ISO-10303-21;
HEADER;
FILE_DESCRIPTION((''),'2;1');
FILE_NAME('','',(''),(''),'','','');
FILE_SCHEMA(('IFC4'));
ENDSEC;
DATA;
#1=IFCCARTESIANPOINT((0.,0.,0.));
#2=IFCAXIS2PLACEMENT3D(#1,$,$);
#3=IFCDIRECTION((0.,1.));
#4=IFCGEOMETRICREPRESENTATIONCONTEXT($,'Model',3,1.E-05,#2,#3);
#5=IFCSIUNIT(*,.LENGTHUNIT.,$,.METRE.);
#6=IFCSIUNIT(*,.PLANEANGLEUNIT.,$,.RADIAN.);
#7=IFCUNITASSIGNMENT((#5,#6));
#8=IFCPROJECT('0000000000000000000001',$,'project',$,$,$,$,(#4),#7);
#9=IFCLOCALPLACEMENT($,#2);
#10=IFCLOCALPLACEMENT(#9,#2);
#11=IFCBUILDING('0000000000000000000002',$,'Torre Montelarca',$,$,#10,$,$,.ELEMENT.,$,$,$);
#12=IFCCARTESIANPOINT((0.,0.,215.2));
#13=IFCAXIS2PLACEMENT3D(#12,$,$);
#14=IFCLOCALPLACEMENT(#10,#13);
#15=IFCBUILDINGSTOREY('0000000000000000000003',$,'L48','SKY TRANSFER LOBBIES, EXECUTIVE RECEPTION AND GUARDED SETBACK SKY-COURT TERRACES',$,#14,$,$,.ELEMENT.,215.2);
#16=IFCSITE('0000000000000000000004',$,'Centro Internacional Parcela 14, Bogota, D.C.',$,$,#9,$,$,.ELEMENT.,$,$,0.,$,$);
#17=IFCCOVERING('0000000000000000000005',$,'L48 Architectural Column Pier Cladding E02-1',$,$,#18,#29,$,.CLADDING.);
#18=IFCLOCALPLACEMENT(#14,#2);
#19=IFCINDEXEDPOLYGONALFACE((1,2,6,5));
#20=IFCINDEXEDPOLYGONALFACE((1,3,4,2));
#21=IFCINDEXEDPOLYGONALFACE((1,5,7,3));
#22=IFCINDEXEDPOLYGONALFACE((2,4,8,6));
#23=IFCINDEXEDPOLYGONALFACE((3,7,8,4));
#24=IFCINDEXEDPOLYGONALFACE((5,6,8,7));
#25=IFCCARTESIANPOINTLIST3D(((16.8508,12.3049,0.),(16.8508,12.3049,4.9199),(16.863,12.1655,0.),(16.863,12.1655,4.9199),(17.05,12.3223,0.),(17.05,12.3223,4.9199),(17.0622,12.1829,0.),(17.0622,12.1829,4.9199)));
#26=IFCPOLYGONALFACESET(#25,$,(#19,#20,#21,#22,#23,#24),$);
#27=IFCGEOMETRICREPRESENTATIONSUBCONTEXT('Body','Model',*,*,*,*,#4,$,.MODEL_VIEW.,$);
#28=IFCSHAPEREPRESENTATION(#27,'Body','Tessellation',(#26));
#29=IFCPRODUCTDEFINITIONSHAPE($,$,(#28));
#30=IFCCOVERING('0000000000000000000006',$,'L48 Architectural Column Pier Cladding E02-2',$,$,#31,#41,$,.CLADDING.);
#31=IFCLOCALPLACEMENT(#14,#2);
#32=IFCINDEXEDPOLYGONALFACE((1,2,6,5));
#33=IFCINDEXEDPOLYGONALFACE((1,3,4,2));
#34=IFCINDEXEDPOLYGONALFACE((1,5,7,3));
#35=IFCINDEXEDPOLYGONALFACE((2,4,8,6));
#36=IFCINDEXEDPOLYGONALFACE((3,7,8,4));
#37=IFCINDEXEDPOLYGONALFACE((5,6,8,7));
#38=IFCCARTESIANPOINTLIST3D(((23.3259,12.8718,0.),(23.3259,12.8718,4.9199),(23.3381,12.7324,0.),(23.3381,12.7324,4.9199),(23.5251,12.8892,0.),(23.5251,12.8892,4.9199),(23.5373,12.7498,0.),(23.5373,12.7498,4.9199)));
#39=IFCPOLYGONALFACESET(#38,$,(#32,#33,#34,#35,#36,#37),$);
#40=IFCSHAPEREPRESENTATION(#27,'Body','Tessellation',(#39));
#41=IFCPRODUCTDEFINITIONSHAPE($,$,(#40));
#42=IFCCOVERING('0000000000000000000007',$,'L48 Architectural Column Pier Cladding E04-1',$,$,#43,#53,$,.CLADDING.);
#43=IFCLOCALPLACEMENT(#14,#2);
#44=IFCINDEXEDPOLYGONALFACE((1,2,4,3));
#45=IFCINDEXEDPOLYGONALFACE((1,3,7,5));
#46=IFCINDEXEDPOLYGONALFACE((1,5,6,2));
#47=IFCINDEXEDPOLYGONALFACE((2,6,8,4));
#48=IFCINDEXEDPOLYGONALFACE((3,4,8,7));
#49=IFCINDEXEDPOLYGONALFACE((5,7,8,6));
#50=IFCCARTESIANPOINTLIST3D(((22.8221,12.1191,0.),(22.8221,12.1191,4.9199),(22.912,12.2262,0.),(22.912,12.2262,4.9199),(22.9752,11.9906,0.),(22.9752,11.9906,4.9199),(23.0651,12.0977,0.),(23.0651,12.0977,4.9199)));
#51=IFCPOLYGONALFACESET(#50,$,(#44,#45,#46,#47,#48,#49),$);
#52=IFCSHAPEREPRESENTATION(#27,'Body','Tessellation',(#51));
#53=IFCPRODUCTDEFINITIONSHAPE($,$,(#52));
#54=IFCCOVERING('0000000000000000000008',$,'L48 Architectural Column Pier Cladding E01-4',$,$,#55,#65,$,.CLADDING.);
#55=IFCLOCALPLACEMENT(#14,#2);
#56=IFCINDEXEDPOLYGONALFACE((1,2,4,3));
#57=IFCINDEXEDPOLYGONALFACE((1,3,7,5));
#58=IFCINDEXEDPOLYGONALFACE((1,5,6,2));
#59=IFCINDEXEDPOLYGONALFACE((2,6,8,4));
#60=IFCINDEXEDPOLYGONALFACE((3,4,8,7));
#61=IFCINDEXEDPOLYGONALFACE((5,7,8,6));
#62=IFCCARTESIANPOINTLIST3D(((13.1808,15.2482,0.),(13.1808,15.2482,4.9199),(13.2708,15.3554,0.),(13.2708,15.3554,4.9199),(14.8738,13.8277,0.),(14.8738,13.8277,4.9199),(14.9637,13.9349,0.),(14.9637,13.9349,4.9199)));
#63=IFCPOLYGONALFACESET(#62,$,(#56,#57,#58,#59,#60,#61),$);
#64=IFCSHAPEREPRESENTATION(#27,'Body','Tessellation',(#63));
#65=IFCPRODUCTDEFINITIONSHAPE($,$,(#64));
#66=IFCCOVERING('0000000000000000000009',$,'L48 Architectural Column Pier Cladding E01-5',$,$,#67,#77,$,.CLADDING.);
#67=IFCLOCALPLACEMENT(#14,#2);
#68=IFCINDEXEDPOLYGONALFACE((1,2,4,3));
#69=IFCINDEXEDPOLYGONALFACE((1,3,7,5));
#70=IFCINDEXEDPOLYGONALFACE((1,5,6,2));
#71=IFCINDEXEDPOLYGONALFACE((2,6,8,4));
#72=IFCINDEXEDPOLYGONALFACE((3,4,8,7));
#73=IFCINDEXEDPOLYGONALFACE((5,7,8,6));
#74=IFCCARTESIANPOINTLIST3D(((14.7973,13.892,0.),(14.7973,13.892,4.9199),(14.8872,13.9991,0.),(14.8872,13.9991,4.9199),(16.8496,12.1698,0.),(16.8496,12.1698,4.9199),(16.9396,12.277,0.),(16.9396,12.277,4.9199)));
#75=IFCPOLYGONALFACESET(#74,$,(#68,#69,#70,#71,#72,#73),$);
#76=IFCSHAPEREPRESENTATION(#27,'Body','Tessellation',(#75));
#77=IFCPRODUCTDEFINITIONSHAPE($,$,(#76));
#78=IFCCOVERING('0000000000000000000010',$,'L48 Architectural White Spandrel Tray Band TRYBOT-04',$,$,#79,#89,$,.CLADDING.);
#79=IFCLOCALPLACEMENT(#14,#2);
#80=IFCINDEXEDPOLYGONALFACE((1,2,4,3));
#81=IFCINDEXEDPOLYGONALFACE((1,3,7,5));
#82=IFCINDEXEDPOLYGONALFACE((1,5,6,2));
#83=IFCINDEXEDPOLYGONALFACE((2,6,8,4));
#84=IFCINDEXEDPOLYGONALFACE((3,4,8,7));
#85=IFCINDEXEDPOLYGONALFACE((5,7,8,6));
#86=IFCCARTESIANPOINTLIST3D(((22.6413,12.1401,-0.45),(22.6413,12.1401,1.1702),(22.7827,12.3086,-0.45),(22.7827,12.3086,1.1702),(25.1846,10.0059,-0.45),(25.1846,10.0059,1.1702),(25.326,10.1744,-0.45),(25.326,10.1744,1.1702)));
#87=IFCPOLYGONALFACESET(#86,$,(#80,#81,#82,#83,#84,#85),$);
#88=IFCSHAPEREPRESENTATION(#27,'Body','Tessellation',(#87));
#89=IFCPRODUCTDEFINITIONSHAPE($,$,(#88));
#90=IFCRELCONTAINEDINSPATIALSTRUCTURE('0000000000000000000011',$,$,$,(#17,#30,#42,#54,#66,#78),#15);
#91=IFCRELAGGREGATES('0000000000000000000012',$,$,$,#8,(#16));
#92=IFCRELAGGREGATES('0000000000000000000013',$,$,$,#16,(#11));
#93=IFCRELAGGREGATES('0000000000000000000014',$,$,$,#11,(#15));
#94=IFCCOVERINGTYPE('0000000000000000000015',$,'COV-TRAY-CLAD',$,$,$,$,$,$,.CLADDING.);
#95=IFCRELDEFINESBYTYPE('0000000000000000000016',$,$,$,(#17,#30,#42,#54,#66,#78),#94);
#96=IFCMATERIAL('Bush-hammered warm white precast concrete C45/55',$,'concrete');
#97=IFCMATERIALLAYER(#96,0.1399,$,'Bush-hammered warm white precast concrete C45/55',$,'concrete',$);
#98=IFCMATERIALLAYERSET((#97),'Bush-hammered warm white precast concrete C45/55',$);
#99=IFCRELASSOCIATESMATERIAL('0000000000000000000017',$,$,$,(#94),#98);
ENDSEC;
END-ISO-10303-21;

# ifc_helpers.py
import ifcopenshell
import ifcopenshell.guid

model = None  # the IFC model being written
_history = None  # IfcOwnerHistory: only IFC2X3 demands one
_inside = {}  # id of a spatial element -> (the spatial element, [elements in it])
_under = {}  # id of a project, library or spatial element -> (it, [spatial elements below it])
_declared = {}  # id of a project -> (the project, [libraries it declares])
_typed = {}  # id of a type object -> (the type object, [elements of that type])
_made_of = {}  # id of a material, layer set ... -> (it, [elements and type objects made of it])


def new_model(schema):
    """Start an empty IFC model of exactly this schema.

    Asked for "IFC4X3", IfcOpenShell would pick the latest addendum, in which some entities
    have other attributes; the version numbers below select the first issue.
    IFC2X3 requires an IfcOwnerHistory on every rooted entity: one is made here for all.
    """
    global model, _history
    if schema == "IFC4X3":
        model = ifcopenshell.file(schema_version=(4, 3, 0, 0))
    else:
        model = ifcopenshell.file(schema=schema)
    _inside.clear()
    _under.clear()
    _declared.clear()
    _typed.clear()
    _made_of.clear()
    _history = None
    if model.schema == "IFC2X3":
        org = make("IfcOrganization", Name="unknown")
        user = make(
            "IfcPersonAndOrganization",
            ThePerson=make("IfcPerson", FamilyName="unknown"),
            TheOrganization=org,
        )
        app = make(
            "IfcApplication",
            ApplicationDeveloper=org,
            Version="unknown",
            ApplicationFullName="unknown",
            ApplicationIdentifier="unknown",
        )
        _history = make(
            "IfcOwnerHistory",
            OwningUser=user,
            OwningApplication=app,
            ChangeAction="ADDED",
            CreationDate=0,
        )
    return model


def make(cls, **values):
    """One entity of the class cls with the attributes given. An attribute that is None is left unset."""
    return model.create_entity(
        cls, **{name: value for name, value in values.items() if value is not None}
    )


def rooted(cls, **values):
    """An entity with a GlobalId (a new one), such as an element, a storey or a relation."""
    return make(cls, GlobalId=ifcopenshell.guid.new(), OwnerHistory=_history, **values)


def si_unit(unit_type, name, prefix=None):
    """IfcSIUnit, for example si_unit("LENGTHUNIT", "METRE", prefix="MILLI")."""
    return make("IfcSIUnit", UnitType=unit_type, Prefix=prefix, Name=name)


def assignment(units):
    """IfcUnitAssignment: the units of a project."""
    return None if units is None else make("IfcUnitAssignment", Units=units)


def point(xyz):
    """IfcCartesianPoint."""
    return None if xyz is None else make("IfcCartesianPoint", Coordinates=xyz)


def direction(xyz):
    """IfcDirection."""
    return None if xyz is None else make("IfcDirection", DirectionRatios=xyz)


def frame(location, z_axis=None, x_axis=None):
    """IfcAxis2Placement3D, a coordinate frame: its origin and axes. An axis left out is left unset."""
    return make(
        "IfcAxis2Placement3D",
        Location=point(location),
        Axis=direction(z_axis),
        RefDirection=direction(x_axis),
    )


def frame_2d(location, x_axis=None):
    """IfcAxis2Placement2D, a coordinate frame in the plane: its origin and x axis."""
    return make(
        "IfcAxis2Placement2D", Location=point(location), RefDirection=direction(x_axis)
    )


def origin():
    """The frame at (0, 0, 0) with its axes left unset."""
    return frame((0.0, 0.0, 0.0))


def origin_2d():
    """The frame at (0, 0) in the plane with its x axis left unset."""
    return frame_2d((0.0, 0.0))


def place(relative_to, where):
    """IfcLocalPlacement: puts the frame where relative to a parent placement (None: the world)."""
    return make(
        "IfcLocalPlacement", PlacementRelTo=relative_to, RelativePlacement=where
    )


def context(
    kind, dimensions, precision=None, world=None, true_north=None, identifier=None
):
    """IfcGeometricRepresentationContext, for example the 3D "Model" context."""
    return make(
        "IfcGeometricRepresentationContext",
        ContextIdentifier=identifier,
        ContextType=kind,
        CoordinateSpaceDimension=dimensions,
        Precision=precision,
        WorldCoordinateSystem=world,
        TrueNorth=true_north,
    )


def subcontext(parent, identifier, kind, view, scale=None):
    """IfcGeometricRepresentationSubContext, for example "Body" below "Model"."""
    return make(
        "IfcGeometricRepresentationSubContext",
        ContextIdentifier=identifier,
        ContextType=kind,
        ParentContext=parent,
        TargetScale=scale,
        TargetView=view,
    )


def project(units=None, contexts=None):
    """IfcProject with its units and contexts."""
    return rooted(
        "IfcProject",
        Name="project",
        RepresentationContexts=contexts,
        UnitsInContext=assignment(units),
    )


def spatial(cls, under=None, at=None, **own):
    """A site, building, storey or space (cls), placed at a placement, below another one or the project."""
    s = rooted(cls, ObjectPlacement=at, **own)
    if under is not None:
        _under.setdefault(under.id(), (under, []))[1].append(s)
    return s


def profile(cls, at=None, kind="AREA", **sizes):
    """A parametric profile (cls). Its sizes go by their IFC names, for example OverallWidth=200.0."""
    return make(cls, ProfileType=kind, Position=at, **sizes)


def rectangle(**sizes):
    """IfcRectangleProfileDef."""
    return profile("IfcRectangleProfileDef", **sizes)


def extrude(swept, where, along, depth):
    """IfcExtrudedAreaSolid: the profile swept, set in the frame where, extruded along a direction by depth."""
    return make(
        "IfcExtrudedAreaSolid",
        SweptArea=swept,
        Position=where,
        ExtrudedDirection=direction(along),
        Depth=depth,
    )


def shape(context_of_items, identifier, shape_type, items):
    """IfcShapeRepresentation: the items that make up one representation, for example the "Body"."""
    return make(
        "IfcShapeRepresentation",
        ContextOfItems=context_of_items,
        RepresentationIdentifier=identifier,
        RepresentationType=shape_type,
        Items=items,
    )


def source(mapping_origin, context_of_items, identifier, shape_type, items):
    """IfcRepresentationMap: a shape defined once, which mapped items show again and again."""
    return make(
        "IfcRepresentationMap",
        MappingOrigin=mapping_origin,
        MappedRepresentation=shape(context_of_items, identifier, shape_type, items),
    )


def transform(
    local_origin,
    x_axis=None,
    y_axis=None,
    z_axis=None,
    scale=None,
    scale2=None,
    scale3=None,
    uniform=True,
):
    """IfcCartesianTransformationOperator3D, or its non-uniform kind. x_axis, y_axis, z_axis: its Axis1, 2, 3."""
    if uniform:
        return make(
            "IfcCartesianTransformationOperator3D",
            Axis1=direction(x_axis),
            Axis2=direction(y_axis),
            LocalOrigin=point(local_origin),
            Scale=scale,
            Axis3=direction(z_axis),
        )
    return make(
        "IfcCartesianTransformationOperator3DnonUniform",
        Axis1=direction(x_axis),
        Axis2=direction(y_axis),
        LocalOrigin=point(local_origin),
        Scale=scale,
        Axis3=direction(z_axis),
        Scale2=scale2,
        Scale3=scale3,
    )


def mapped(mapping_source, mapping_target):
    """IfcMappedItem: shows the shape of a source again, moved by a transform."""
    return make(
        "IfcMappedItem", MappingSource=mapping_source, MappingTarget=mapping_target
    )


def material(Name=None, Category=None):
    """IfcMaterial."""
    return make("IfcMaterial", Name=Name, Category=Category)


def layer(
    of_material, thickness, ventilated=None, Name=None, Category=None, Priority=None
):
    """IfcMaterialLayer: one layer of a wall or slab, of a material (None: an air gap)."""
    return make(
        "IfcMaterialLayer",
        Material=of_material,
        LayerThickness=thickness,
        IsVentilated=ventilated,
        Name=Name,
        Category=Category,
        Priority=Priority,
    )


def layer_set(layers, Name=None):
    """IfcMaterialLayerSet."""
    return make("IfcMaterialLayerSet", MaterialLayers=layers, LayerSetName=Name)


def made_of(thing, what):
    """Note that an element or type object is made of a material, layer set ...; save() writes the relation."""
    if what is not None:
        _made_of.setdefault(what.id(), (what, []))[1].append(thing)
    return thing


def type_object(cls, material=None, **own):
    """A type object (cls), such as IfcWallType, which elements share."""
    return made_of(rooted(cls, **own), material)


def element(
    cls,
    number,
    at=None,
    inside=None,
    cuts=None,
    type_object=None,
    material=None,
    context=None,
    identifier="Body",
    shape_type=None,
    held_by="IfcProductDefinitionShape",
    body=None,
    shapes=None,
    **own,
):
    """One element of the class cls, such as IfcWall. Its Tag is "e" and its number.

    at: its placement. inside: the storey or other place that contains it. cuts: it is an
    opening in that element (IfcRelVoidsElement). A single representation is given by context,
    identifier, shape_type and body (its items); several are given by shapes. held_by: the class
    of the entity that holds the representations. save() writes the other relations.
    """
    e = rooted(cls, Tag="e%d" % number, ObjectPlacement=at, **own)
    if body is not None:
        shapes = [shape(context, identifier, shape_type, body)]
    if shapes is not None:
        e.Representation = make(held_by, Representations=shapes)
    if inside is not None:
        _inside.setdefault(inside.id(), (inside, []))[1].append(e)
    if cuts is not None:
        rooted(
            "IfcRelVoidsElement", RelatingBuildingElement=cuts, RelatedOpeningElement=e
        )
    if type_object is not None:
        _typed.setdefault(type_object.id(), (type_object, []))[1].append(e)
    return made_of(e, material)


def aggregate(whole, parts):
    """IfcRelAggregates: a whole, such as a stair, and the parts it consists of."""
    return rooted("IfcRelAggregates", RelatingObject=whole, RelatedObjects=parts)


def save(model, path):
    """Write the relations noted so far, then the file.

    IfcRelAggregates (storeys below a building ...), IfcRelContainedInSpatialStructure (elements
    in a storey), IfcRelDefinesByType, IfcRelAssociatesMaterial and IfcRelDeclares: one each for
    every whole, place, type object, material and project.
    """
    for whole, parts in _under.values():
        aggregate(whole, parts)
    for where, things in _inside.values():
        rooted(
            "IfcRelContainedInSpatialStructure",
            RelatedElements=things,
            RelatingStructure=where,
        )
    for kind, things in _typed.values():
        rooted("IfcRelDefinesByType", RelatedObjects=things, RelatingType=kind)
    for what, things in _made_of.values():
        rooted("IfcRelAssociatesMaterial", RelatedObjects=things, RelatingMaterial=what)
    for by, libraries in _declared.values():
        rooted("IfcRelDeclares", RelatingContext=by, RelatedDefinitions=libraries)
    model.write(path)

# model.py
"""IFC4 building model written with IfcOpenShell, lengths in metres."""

from ifc_helpers import new_model, si_unit, direction, frame, origin, origin_2d, place, context, subcontext, project, spatial, rectangle, extrude, source, transform, mapped, material, layer, layer_set, type_object, element, save


model = new_model("IFC4")

# Units and contexts
model_context = context("Model", 3, precision=1e-05, world=origin(), true_north=direction((0.0, 1.0)))
body_context = subcontext(model_context, "Body", "Model", "MODEL_VIEW")
ifc_project = project(units=[si_unit("LENGTHUNIT", "METRE"), si_unit("PLANEANGLEUNIT", "RADIAN")], contexts=[model_context])

# Site, building, storey
site_placement = place(None, origin())
site = spatial("IfcSite", under=ifc_project, at=site_placement, Name="Centro Internacional Parcela 14, Bogota, D.C.", CompositionType="ELEMENT", RefElevation=0.0)
building_placement = place(site_placement, origin())
building = spatial("IfcBuilding", under=site, at=building_placement, Name="Torre Montelarca", CompositionType="ELEMENT")
storey_placement = place(building_placement, frame((0.0, 0.0, 215.2)))
storey = spatial("IfcBuildingStorey", under=building, at=storey_placement, Name="L48", Description="SKY TRANSFER LOBBIES, EXECUTIVE RECEPTION AND GUARDED SETBACK SKY-COURT TERRACES", CompositionType="ELEMENT", Elevation=215.2)

# Coverings
ifc_material_1 = material(Name="Bush-hammered warm white precast concrete C45/55", Category="concrete")
ifc_layer_1 = layer(ifc_material_1, 0.1399, Name="Bush-hammered warm white precast concrete C45/55", Category="concrete")
ifc_layer_set_1 = layer_set([ifc_layer_1], Name="Bush-hammered warm white precast concrete C45/55")
covering_type_1 = type_object("IfcCoveringType", Name="COV-TRAY-CLAD", PredefinedType="CLADDING", material=ifc_layer_set_1)
shared_shape_1 = source(origin(), body_context, "Body", "SweptSolid", [
    extrude(rectangle(XDim=0.2, YDim=0.1399, at=origin_2d()), origin(), (0.0, 0.0, 1.0), 4.9199),
])
for number, where, z_axis, x_axis, name in (
    (1, (16.9565, 12.2439, 0.0), (0.0, 0.0, 1.0), (0.996192, 0.087184, 0.0), "L48 Architectural Column Pier Cladding E02-1"),
    (2, (23.4316, 12.8108, 0.0), (0.0, 0.0, 1.0), (0.996192, 0.087184, 0.0), "L48 Architectural Column Pier Cladding E02-2"),
    (3, (22.9436, 12.1084, 0.0), (0.0, 0.0, 1.0), (0.766028, -0.642808, 0.0), "L48 Architectural Column Pier Cladding E04-1"),
):
    element("IfcCovering", number, at=place(storey_placement, frame(where, z_axis=z_axis, x_axis=x_axis)), inside=storey, type_object=covering_type_1, Name=name, PredefinedType="CLADDING", context=body_context, shape_type="MappedRepresentation", body=[
        mapped(shared_shape_1, transform((0.0, 0.0, 0.0), scale=1.0)),
    ])
shared_shape_2 = source(origin(), body_context, "Body", "SweptSolid", [
    extrude(rectangle(XDim=2.21, YDim=0.1399, at=origin_2d()), origin(), (0.0, 0.0, 1.0), 4.9199),
])
covering_1_placement = place(storey_placement, frame((14.0723, 14.5916, 0.0), z_axis=(0.0, 0.0, 1.0), x_axis=(0.766042, -0.64279, 0.0)))
element("IfcCovering", 4, at=covering_1_placement, inside=storey, type_object=covering_type_1, Name="L48 Architectural Column Pier Cladding E01-4", PredefinedType="CLADDING", context=body_context, shape_type="MappedRepresentation", body=[
    mapped(shared_shape_2, transform((0.0, 0.0, 0.0), scale=1.0)),
])
shared_shape_3 = source(origin(), body_context, "Body", "SweptSolid", [
    extrude(rectangle(XDim=2.6792, YDim=0.1399, at=origin_2d()), origin(), (0.0, 0.0, 1.0), 4.9199),
])
covering_2_placement = place(storey_placement, frame((15.8684, 13.0845, 0.0), z_axis=(0.0, 0.0, 1.0), x_axis=(0.766042, -0.64279, 0.0)))
element("IfcCovering", 5, at=covering_2_placement, inside=storey, type_object=covering_type_1, Name="L48 Architectural Column Pier Cladding E01-5", PredefinedType="CLADDING", context=body_context, shape_type="MappedRepresentation", body=[
    mapped(shared_shape_3, transform((0.0, 0.0, 0.0), scale=1.0)),
])
shared_shape_4 = source(origin(), body_context, "Body", "SweptSolid", [
    extrude(rectangle(XDim=3.3201, YDim=0.22, at=origin_2d()), origin(), (0.0, 0.0, 1.0), 1.6201),
])
covering_3_placement = place(storey_placement, frame((23.9836, 11.1572, -0.45), z_axis=(0.0, 0.0, 1.0), x_axis=(0.766026, -0.642809, 0.0)))
element("IfcCovering", 6, at=covering_3_placement, inside=storey, type_object=covering_type_1, Name="L48 Architectural White Spandrel Tray Band TRYBOT-04", PredefinedType="CLADDING", context=body_context, shape_type="MappedRepresentation", body=[
    mapped(shared_shape_4, transform((0.0, 0.0, 0.0), scale=1.0)),
])

save(model, "model.ifc")
